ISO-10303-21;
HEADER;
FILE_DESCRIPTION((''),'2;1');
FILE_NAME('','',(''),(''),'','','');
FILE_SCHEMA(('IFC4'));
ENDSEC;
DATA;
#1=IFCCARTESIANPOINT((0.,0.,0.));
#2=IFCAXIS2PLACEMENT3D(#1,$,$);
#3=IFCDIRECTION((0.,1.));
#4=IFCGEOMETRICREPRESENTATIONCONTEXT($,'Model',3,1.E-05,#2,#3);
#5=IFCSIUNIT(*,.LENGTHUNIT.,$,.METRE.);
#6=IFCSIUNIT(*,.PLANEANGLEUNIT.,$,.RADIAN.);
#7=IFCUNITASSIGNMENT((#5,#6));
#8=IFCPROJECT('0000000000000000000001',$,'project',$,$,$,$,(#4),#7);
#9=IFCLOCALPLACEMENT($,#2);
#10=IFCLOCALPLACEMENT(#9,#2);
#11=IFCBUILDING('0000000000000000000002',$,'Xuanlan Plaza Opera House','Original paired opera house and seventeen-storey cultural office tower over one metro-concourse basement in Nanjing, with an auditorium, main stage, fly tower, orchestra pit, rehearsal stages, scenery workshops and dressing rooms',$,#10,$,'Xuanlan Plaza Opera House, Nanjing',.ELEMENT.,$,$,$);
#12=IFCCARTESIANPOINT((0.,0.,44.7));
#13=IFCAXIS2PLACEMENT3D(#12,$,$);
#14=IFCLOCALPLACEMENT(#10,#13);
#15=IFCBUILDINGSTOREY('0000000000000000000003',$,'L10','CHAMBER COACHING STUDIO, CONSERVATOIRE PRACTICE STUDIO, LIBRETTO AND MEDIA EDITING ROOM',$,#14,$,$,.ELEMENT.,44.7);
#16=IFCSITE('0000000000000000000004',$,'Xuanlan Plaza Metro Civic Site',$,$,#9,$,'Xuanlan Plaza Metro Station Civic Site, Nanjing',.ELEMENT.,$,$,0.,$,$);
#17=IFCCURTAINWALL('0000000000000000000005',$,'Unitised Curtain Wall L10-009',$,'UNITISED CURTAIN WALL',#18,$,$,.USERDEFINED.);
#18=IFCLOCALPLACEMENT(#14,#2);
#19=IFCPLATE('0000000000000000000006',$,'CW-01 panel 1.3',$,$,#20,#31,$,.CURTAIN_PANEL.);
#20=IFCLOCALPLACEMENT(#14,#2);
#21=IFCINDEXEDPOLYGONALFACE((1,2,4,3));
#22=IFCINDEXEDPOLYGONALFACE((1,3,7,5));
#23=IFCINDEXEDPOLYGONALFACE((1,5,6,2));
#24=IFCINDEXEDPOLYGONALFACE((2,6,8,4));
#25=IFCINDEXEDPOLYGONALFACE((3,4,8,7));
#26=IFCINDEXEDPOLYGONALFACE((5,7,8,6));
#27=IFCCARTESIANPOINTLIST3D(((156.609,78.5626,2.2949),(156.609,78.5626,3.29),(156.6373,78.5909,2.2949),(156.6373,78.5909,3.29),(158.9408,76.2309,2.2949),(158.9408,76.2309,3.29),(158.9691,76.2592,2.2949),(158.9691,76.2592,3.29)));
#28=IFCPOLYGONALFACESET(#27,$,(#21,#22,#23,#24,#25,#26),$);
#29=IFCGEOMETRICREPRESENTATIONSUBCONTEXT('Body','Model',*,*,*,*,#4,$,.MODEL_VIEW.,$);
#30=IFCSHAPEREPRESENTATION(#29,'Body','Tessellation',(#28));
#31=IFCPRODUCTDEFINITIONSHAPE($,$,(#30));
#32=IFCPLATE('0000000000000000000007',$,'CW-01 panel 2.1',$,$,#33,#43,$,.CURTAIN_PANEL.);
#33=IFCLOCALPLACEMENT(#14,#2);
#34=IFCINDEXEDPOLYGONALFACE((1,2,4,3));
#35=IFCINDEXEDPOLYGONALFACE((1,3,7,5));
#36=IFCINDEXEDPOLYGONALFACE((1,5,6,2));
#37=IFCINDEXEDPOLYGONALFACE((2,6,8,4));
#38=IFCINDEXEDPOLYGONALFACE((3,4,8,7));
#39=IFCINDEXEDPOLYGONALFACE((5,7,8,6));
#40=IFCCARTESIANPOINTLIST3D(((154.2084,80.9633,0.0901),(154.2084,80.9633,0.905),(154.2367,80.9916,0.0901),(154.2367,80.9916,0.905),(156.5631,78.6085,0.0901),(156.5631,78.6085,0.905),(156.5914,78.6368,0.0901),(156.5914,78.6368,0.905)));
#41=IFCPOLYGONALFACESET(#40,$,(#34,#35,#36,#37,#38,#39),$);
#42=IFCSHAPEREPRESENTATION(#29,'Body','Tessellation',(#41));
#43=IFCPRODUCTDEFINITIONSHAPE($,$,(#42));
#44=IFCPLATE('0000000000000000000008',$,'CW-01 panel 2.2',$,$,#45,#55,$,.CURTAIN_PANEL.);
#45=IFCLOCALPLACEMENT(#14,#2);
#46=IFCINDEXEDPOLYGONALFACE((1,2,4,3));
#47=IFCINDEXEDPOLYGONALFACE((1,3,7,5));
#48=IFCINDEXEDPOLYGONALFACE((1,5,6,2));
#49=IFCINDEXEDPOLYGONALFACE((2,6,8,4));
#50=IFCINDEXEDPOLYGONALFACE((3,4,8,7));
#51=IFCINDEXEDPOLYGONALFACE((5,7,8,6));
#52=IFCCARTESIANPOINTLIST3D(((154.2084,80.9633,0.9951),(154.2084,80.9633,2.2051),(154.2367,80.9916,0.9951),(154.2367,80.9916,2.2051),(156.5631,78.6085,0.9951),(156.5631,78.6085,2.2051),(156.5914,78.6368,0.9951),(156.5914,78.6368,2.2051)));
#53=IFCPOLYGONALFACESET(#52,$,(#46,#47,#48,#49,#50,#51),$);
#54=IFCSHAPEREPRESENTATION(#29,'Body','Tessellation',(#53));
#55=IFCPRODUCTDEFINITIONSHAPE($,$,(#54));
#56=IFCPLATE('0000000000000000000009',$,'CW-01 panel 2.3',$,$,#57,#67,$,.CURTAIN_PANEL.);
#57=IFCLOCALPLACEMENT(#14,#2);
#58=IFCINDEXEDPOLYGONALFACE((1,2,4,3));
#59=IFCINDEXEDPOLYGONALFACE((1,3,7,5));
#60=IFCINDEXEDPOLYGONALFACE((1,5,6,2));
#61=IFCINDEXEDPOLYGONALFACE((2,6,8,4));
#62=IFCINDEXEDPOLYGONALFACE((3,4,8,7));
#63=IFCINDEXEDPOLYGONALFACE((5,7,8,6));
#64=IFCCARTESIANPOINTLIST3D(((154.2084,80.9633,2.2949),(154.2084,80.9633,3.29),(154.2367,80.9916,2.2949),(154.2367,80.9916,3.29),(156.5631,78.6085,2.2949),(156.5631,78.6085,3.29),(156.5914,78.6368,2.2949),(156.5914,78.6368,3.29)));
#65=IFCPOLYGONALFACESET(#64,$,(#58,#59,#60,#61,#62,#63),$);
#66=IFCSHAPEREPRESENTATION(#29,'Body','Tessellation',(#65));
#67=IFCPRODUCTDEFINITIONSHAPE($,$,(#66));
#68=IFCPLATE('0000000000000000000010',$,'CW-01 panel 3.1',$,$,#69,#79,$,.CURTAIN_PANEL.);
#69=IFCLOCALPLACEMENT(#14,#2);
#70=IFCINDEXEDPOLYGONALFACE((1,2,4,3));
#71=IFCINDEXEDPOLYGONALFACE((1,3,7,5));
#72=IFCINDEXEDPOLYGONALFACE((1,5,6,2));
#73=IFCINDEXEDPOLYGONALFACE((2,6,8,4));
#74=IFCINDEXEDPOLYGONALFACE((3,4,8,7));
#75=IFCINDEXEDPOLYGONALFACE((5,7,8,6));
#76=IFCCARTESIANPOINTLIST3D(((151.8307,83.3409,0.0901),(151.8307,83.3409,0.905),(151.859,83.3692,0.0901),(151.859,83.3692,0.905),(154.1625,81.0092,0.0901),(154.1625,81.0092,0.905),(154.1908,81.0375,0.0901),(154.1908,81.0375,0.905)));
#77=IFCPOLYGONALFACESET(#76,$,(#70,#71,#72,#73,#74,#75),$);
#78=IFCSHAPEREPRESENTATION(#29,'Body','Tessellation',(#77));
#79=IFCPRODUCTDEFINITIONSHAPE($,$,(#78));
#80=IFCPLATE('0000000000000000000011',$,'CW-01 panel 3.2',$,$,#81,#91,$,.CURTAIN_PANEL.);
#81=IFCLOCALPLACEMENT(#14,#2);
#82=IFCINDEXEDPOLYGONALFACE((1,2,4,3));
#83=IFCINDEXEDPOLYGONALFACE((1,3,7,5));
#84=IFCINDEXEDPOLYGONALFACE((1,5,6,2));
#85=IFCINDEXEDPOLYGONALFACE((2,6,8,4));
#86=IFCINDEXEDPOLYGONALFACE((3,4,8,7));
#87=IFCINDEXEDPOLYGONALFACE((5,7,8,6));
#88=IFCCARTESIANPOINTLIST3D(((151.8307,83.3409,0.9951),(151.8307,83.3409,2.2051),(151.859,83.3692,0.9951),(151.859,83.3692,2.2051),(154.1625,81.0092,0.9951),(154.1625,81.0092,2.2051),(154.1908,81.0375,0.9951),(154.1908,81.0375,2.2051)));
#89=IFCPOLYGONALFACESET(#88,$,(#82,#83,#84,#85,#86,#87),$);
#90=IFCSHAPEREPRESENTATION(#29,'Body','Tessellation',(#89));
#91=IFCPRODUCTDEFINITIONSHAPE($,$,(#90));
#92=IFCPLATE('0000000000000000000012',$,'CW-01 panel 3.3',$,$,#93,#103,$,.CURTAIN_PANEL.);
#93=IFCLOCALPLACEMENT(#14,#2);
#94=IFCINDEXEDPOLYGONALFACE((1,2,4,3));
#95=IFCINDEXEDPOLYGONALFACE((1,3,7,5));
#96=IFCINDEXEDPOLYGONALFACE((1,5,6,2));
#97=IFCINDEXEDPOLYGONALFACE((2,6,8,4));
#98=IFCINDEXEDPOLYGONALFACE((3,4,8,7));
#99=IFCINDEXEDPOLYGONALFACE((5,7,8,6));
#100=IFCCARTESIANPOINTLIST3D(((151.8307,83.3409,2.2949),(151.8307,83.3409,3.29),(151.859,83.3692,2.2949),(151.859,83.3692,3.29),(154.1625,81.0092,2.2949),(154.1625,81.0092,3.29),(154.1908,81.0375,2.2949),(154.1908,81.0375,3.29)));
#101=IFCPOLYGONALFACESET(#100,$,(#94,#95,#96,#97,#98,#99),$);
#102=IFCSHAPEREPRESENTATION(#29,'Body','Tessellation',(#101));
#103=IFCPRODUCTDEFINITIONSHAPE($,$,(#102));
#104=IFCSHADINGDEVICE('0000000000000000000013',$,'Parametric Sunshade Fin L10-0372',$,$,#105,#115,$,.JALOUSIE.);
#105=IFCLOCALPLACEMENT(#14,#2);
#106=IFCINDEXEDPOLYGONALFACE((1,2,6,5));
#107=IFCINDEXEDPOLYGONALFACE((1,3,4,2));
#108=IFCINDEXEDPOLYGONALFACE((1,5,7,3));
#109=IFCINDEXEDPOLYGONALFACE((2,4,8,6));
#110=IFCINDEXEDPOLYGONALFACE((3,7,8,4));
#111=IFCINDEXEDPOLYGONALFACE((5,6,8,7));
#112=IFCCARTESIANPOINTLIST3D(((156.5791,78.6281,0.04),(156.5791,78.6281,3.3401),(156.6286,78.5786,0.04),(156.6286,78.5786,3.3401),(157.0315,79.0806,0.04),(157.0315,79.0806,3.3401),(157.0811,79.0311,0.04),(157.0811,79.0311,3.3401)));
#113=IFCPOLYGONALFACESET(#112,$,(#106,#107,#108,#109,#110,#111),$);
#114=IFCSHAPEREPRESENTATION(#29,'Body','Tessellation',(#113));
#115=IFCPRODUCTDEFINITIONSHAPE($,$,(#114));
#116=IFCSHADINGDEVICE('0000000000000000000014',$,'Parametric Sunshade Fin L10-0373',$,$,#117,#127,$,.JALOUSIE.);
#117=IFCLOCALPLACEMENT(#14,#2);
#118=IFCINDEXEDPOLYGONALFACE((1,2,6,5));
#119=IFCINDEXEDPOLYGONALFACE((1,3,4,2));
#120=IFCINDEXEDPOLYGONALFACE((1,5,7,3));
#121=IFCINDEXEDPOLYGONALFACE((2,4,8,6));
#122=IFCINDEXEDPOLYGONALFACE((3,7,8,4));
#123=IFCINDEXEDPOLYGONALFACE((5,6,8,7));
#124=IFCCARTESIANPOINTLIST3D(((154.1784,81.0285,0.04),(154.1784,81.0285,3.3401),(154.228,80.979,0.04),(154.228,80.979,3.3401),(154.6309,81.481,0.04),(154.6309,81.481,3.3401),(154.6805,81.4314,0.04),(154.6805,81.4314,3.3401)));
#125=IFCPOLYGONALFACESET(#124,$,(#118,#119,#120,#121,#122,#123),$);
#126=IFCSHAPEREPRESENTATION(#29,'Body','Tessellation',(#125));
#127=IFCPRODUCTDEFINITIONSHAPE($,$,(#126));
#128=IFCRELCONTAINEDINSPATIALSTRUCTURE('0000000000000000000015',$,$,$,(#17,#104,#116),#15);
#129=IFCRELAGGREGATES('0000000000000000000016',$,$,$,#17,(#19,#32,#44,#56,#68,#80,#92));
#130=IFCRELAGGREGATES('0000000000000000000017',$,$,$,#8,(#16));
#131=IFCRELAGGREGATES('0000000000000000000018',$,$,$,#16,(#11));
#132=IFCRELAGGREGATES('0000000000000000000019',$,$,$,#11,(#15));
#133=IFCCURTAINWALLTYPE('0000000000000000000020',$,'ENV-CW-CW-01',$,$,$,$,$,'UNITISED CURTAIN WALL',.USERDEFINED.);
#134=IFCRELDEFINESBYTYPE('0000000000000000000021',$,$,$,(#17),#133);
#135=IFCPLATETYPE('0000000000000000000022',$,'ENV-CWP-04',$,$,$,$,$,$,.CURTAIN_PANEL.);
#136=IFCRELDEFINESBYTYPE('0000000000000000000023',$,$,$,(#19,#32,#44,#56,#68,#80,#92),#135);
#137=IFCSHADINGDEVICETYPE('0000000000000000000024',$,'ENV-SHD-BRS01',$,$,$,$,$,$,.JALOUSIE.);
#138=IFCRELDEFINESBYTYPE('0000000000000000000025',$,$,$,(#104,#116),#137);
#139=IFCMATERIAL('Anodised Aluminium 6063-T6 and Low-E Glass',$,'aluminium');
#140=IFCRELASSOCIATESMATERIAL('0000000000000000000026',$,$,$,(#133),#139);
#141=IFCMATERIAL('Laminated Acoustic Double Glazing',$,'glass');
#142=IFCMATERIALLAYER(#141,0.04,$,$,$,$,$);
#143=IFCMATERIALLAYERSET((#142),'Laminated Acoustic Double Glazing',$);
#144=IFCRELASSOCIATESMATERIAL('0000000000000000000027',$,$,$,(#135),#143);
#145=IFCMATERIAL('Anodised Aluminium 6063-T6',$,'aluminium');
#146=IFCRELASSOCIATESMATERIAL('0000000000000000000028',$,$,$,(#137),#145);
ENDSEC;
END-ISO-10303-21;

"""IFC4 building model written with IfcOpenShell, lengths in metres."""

from ifc_helpers import new_model, si_unit, direction, frame, origin, origin_2d, place, context, subcontext, project, spatial, rectangle, extrude, material, layer, layer_set, type_object, element, aggregate, save


model = new_model("IFC4")

# Units and contexts
model_context = context("Model", 3, precision=1e-05, world=origin(), true_north=direction((0.0, 1.0)))
body_context = subcontext(model_context, "Body", "Model", "MODEL_VIEW")
ifc_project = project(units=[si_unit("LENGTHUNIT", "METRE"), si_unit("PLANEANGLEUNIT", "RADIAN")], contexts=[model_context])

# Site, building, storey
site_placement = place(None, origin())
site = spatial("IfcSite", under=ifc_project, at=site_placement, Name="Xuanlan Plaza Metro Civic Site", LongName="Xuanlan Plaza Metro Station Civic Site, Nanjing", CompositionType="ELEMENT", RefElevation=0.0)
building_placement = place(site_placement, origin())
building = spatial("IfcBuilding", under=site, at=building_placement, Name="Xuanlan Plaza Opera House", Description="Original paired opera house and seventeen-storey cultural office tower over one metro-concourse basement in Nanjing, with an auditorium, main stage, fly tower, orchestra pit, rehearsal stages, scenery workshops and dressing rooms", LongName="Xuanlan Plaza Opera House, Nanjing", CompositionType="ELEMENT")
storey_placement = place(building_placement, frame((0.0, 0.0, 44.7)))
storey = spatial("IfcBuildingStorey", under=building, at=storey_placement, Name="L10", Description="CHAMBER COACHING STUDIO, CONSERVATOIRE PRACTICE STUDIO, LIBRETTO AND MEDIA EDITING ROOM", CompositionType="ELEMENT", Elevation=44.7)

# Curtain wall
ifc_material_1 = material(Name="Anodised Aluminium 6063-T6 and Low-E Glass", Category="aluminium")
curtain_wall_type_1 = type_object("IfcCurtainWallType", Name="ENV-CW-CW-01", ElementType="UNITISED CURTAIN WALL", PredefinedType="USERDEFINED", material=ifc_material_1)
curtain_wall_1_placement = place(storey_placement, origin())
curtain_wall_1 = element("IfcCurtainWall", 1, at=curtain_wall_1_placement, inside=storey, type_object=curtain_wall_type_1, Name="Unitised Curtain Wall L10-009", ObjectType="UNITISED CURTAIN WALL", PredefinedType="USERDEFINED")
ifc_material_2 = material(Name="Anodised Aluminium 6063-T6", Category="aluminium")

# Plates
ifc_material_3 = material(Name="Laminated Acoustic Double Glazing", Category="glass")
ifc_layer = layer(ifc_material_3, 0.04)
ifc_layer_set = layer_set([ifc_layer], Name="Laminated Acoustic Double Glazing")
plate_type = type_object("IfcPlateType", Name="ENV-CWP-04", PredefinedType="CURTAIN_PANEL", material=ifc_layer_set)
plate_1_placement = place(storey_placement, frame((157.7891, 77.4109, 2.2949), z_axis=(0.0, 0.0, 1.0), x_axis=(-0.707107, 0.707107, 0.0)))
plate_1 = element("IfcPlate", 2, at=plate_1_placement, type_object=plate_type, Name="CW-01 panel 1.3", PredefinedType="CURTAIN_PANEL", context=body_context, shape_type="SweptSolid", body=[
    extrude(rectangle(XDim=3.2976, YDim=0.04, at=origin_2d()), origin(), (0.0, 0.0, 1.0), 0.9951),
])
plate_2_placement = place(storey_placement, frame((155.3999, 79.8, 0.0901), z_axis=(0.0, 0.0, 1.0), x_axis=(-0.707107, 0.707107, 0.0)))
plate_2 = element("IfcPlate", 3, at=plate_2_placement, type_object=plate_type, Name="CW-01 panel 2.1", PredefinedType="CURTAIN_PANEL", context=body_context, shape_type="SweptSolid", body=[
    extrude(rectangle(XDim=3.3301, YDim=0.04, at=origin_2d()), origin(), (0.0, 0.0, 1.0), 0.8149),
])
plate_3_placement = place(storey_placement, frame((155.3999, 79.8, 0.9951), z_axis=(0.0, 0.0, 1.0), x_axis=(-0.707107, 0.707107, 0.0)))
plate_3 = element("IfcPlate", 4, at=plate_3_placement, type_object=plate_type, Name="CW-01 panel 2.2", PredefinedType="CURTAIN_PANEL", context=body_context, shape_type="SweptSolid", body=[
    extrude(rectangle(XDim=3.3301, YDim=0.04, at=origin_2d()), origin(), (0.0, 0.0, 1.0), 1.21),
])
plate_4_placement = place(storey_placement, frame((155.3999, 79.8, 2.2949), z_axis=(0.0, 0.0, 1.0), x_axis=(-0.707107, 0.707107, 0.0)))
plate_4 = element("IfcPlate", 5, at=plate_4_placement, type_object=plate_type, Name="CW-01 panel 2.3", PredefinedType="CURTAIN_PANEL", context=body_context, shape_type="SweptSolid", body=[
    extrude(rectangle(XDim=3.3301, YDim=0.04, at=origin_2d()), origin(), (0.0, 0.0, 1.0), 0.9951),
])
plate_5_placement = place(storey_placement, frame((153.0107, 82.1892, 0.0901), z_axis=(0.0, 0.0, 1.0), x_axis=(-0.707107, 0.707107, 0.0)))
plate_5 = element("IfcPlate", 6, at=plate_5_placement, type_object=plate_type, Name="CW-01 panel 3.1", PredefinedType="CURTAIN_PANEL", context=body_context, shape_type="SweptSolid", body=[
    extrude(rectangle(XDim=3.2976, YDim=0.04, at=origin_2d()), origin(), (0.0, 0.0, 1.0), 0.8149),
])
plate_6_placement = place(storey_placement, frame((153.0107, 82.1892, 0.9951), z_axis=(0.0, 0.0, 1.0), x_axis=(-0.707107, 0.707107, 0.0)))
plate_6 = element("IfcPlate", 7, at=plate_6_placement, type_object=plate_type, Name="CW-01 panel 3.2", PredefinedType="CURTAIN_PANEL", context=body_context, shape_type="SweptSolid", body=[
    extrude(rectangle(XDim=3.2976, YDim=0.04, at=origin_2d()), origin(), (0.0, 0.0, 1.0), 1.21),
])
plate_7_placement = place(storey_placement, frame((153.0107, 82.1892, 2.2949), z_axis=(0.0, 0.0, 1.0), x_axis=(-0.707107, 0.707107, 0.0)))
plate_7 = element("IfcPlate", 8, at=plate_7_placement, type_object=plate_type, Name="CW-01 panel 3.3", PredefinedType="CURTAIN_PANEL", context=body_context, shape_type="SweptSolid", body=[
    extrude(rectangle(XDim=3.2976, YDim=0.04, at=origin_2d()), origin(), (0.0, 0.0, 1.0), 0.9951),
])
aggregate(curtain_wall_1, [plate_1, plate_2, plate_3, plate_4, plate_5, plate_6, plate_7])

# Shading devices
shading_device_type = type_object("IfcShadingDeviceType", Name="ENV-SHD-BRS01", PredefinedType="JALOUSIE", material=ifc_material_2)
for number, where, z_axis, x_axis, name in (
    (9, (156.8301, 78.8296, 0.04), (0.0, 0.0, 1.0), (0.707107, 0.707107, 0.0), "Parametric Sunshade Fin L10-0372"),
    (10, (154.4294, 81.23, 0.04), (0.0, 0.0, 1.0), (0.707107, 0.707107, 0.0), "Parametric Sunshade Fin L10-0373"),
):
    element("IfcShadingDevice", number, at=place(storey_placement, frame(where, z_axis=z_axis, x_axis=x_axis)), inside=storey, type_object=shading_device_type, Name=name, PredefinedType="JALOUSIE", context=body_context, shape_type="SweptSolid", body=[
        extrude(rectangle(XDim=0.6399, YDim=0.0701, at=origin_2d()), origin(), (0.0, 0.0, 1.0), 3.3),
    ])

save(model, "model.ifc")
